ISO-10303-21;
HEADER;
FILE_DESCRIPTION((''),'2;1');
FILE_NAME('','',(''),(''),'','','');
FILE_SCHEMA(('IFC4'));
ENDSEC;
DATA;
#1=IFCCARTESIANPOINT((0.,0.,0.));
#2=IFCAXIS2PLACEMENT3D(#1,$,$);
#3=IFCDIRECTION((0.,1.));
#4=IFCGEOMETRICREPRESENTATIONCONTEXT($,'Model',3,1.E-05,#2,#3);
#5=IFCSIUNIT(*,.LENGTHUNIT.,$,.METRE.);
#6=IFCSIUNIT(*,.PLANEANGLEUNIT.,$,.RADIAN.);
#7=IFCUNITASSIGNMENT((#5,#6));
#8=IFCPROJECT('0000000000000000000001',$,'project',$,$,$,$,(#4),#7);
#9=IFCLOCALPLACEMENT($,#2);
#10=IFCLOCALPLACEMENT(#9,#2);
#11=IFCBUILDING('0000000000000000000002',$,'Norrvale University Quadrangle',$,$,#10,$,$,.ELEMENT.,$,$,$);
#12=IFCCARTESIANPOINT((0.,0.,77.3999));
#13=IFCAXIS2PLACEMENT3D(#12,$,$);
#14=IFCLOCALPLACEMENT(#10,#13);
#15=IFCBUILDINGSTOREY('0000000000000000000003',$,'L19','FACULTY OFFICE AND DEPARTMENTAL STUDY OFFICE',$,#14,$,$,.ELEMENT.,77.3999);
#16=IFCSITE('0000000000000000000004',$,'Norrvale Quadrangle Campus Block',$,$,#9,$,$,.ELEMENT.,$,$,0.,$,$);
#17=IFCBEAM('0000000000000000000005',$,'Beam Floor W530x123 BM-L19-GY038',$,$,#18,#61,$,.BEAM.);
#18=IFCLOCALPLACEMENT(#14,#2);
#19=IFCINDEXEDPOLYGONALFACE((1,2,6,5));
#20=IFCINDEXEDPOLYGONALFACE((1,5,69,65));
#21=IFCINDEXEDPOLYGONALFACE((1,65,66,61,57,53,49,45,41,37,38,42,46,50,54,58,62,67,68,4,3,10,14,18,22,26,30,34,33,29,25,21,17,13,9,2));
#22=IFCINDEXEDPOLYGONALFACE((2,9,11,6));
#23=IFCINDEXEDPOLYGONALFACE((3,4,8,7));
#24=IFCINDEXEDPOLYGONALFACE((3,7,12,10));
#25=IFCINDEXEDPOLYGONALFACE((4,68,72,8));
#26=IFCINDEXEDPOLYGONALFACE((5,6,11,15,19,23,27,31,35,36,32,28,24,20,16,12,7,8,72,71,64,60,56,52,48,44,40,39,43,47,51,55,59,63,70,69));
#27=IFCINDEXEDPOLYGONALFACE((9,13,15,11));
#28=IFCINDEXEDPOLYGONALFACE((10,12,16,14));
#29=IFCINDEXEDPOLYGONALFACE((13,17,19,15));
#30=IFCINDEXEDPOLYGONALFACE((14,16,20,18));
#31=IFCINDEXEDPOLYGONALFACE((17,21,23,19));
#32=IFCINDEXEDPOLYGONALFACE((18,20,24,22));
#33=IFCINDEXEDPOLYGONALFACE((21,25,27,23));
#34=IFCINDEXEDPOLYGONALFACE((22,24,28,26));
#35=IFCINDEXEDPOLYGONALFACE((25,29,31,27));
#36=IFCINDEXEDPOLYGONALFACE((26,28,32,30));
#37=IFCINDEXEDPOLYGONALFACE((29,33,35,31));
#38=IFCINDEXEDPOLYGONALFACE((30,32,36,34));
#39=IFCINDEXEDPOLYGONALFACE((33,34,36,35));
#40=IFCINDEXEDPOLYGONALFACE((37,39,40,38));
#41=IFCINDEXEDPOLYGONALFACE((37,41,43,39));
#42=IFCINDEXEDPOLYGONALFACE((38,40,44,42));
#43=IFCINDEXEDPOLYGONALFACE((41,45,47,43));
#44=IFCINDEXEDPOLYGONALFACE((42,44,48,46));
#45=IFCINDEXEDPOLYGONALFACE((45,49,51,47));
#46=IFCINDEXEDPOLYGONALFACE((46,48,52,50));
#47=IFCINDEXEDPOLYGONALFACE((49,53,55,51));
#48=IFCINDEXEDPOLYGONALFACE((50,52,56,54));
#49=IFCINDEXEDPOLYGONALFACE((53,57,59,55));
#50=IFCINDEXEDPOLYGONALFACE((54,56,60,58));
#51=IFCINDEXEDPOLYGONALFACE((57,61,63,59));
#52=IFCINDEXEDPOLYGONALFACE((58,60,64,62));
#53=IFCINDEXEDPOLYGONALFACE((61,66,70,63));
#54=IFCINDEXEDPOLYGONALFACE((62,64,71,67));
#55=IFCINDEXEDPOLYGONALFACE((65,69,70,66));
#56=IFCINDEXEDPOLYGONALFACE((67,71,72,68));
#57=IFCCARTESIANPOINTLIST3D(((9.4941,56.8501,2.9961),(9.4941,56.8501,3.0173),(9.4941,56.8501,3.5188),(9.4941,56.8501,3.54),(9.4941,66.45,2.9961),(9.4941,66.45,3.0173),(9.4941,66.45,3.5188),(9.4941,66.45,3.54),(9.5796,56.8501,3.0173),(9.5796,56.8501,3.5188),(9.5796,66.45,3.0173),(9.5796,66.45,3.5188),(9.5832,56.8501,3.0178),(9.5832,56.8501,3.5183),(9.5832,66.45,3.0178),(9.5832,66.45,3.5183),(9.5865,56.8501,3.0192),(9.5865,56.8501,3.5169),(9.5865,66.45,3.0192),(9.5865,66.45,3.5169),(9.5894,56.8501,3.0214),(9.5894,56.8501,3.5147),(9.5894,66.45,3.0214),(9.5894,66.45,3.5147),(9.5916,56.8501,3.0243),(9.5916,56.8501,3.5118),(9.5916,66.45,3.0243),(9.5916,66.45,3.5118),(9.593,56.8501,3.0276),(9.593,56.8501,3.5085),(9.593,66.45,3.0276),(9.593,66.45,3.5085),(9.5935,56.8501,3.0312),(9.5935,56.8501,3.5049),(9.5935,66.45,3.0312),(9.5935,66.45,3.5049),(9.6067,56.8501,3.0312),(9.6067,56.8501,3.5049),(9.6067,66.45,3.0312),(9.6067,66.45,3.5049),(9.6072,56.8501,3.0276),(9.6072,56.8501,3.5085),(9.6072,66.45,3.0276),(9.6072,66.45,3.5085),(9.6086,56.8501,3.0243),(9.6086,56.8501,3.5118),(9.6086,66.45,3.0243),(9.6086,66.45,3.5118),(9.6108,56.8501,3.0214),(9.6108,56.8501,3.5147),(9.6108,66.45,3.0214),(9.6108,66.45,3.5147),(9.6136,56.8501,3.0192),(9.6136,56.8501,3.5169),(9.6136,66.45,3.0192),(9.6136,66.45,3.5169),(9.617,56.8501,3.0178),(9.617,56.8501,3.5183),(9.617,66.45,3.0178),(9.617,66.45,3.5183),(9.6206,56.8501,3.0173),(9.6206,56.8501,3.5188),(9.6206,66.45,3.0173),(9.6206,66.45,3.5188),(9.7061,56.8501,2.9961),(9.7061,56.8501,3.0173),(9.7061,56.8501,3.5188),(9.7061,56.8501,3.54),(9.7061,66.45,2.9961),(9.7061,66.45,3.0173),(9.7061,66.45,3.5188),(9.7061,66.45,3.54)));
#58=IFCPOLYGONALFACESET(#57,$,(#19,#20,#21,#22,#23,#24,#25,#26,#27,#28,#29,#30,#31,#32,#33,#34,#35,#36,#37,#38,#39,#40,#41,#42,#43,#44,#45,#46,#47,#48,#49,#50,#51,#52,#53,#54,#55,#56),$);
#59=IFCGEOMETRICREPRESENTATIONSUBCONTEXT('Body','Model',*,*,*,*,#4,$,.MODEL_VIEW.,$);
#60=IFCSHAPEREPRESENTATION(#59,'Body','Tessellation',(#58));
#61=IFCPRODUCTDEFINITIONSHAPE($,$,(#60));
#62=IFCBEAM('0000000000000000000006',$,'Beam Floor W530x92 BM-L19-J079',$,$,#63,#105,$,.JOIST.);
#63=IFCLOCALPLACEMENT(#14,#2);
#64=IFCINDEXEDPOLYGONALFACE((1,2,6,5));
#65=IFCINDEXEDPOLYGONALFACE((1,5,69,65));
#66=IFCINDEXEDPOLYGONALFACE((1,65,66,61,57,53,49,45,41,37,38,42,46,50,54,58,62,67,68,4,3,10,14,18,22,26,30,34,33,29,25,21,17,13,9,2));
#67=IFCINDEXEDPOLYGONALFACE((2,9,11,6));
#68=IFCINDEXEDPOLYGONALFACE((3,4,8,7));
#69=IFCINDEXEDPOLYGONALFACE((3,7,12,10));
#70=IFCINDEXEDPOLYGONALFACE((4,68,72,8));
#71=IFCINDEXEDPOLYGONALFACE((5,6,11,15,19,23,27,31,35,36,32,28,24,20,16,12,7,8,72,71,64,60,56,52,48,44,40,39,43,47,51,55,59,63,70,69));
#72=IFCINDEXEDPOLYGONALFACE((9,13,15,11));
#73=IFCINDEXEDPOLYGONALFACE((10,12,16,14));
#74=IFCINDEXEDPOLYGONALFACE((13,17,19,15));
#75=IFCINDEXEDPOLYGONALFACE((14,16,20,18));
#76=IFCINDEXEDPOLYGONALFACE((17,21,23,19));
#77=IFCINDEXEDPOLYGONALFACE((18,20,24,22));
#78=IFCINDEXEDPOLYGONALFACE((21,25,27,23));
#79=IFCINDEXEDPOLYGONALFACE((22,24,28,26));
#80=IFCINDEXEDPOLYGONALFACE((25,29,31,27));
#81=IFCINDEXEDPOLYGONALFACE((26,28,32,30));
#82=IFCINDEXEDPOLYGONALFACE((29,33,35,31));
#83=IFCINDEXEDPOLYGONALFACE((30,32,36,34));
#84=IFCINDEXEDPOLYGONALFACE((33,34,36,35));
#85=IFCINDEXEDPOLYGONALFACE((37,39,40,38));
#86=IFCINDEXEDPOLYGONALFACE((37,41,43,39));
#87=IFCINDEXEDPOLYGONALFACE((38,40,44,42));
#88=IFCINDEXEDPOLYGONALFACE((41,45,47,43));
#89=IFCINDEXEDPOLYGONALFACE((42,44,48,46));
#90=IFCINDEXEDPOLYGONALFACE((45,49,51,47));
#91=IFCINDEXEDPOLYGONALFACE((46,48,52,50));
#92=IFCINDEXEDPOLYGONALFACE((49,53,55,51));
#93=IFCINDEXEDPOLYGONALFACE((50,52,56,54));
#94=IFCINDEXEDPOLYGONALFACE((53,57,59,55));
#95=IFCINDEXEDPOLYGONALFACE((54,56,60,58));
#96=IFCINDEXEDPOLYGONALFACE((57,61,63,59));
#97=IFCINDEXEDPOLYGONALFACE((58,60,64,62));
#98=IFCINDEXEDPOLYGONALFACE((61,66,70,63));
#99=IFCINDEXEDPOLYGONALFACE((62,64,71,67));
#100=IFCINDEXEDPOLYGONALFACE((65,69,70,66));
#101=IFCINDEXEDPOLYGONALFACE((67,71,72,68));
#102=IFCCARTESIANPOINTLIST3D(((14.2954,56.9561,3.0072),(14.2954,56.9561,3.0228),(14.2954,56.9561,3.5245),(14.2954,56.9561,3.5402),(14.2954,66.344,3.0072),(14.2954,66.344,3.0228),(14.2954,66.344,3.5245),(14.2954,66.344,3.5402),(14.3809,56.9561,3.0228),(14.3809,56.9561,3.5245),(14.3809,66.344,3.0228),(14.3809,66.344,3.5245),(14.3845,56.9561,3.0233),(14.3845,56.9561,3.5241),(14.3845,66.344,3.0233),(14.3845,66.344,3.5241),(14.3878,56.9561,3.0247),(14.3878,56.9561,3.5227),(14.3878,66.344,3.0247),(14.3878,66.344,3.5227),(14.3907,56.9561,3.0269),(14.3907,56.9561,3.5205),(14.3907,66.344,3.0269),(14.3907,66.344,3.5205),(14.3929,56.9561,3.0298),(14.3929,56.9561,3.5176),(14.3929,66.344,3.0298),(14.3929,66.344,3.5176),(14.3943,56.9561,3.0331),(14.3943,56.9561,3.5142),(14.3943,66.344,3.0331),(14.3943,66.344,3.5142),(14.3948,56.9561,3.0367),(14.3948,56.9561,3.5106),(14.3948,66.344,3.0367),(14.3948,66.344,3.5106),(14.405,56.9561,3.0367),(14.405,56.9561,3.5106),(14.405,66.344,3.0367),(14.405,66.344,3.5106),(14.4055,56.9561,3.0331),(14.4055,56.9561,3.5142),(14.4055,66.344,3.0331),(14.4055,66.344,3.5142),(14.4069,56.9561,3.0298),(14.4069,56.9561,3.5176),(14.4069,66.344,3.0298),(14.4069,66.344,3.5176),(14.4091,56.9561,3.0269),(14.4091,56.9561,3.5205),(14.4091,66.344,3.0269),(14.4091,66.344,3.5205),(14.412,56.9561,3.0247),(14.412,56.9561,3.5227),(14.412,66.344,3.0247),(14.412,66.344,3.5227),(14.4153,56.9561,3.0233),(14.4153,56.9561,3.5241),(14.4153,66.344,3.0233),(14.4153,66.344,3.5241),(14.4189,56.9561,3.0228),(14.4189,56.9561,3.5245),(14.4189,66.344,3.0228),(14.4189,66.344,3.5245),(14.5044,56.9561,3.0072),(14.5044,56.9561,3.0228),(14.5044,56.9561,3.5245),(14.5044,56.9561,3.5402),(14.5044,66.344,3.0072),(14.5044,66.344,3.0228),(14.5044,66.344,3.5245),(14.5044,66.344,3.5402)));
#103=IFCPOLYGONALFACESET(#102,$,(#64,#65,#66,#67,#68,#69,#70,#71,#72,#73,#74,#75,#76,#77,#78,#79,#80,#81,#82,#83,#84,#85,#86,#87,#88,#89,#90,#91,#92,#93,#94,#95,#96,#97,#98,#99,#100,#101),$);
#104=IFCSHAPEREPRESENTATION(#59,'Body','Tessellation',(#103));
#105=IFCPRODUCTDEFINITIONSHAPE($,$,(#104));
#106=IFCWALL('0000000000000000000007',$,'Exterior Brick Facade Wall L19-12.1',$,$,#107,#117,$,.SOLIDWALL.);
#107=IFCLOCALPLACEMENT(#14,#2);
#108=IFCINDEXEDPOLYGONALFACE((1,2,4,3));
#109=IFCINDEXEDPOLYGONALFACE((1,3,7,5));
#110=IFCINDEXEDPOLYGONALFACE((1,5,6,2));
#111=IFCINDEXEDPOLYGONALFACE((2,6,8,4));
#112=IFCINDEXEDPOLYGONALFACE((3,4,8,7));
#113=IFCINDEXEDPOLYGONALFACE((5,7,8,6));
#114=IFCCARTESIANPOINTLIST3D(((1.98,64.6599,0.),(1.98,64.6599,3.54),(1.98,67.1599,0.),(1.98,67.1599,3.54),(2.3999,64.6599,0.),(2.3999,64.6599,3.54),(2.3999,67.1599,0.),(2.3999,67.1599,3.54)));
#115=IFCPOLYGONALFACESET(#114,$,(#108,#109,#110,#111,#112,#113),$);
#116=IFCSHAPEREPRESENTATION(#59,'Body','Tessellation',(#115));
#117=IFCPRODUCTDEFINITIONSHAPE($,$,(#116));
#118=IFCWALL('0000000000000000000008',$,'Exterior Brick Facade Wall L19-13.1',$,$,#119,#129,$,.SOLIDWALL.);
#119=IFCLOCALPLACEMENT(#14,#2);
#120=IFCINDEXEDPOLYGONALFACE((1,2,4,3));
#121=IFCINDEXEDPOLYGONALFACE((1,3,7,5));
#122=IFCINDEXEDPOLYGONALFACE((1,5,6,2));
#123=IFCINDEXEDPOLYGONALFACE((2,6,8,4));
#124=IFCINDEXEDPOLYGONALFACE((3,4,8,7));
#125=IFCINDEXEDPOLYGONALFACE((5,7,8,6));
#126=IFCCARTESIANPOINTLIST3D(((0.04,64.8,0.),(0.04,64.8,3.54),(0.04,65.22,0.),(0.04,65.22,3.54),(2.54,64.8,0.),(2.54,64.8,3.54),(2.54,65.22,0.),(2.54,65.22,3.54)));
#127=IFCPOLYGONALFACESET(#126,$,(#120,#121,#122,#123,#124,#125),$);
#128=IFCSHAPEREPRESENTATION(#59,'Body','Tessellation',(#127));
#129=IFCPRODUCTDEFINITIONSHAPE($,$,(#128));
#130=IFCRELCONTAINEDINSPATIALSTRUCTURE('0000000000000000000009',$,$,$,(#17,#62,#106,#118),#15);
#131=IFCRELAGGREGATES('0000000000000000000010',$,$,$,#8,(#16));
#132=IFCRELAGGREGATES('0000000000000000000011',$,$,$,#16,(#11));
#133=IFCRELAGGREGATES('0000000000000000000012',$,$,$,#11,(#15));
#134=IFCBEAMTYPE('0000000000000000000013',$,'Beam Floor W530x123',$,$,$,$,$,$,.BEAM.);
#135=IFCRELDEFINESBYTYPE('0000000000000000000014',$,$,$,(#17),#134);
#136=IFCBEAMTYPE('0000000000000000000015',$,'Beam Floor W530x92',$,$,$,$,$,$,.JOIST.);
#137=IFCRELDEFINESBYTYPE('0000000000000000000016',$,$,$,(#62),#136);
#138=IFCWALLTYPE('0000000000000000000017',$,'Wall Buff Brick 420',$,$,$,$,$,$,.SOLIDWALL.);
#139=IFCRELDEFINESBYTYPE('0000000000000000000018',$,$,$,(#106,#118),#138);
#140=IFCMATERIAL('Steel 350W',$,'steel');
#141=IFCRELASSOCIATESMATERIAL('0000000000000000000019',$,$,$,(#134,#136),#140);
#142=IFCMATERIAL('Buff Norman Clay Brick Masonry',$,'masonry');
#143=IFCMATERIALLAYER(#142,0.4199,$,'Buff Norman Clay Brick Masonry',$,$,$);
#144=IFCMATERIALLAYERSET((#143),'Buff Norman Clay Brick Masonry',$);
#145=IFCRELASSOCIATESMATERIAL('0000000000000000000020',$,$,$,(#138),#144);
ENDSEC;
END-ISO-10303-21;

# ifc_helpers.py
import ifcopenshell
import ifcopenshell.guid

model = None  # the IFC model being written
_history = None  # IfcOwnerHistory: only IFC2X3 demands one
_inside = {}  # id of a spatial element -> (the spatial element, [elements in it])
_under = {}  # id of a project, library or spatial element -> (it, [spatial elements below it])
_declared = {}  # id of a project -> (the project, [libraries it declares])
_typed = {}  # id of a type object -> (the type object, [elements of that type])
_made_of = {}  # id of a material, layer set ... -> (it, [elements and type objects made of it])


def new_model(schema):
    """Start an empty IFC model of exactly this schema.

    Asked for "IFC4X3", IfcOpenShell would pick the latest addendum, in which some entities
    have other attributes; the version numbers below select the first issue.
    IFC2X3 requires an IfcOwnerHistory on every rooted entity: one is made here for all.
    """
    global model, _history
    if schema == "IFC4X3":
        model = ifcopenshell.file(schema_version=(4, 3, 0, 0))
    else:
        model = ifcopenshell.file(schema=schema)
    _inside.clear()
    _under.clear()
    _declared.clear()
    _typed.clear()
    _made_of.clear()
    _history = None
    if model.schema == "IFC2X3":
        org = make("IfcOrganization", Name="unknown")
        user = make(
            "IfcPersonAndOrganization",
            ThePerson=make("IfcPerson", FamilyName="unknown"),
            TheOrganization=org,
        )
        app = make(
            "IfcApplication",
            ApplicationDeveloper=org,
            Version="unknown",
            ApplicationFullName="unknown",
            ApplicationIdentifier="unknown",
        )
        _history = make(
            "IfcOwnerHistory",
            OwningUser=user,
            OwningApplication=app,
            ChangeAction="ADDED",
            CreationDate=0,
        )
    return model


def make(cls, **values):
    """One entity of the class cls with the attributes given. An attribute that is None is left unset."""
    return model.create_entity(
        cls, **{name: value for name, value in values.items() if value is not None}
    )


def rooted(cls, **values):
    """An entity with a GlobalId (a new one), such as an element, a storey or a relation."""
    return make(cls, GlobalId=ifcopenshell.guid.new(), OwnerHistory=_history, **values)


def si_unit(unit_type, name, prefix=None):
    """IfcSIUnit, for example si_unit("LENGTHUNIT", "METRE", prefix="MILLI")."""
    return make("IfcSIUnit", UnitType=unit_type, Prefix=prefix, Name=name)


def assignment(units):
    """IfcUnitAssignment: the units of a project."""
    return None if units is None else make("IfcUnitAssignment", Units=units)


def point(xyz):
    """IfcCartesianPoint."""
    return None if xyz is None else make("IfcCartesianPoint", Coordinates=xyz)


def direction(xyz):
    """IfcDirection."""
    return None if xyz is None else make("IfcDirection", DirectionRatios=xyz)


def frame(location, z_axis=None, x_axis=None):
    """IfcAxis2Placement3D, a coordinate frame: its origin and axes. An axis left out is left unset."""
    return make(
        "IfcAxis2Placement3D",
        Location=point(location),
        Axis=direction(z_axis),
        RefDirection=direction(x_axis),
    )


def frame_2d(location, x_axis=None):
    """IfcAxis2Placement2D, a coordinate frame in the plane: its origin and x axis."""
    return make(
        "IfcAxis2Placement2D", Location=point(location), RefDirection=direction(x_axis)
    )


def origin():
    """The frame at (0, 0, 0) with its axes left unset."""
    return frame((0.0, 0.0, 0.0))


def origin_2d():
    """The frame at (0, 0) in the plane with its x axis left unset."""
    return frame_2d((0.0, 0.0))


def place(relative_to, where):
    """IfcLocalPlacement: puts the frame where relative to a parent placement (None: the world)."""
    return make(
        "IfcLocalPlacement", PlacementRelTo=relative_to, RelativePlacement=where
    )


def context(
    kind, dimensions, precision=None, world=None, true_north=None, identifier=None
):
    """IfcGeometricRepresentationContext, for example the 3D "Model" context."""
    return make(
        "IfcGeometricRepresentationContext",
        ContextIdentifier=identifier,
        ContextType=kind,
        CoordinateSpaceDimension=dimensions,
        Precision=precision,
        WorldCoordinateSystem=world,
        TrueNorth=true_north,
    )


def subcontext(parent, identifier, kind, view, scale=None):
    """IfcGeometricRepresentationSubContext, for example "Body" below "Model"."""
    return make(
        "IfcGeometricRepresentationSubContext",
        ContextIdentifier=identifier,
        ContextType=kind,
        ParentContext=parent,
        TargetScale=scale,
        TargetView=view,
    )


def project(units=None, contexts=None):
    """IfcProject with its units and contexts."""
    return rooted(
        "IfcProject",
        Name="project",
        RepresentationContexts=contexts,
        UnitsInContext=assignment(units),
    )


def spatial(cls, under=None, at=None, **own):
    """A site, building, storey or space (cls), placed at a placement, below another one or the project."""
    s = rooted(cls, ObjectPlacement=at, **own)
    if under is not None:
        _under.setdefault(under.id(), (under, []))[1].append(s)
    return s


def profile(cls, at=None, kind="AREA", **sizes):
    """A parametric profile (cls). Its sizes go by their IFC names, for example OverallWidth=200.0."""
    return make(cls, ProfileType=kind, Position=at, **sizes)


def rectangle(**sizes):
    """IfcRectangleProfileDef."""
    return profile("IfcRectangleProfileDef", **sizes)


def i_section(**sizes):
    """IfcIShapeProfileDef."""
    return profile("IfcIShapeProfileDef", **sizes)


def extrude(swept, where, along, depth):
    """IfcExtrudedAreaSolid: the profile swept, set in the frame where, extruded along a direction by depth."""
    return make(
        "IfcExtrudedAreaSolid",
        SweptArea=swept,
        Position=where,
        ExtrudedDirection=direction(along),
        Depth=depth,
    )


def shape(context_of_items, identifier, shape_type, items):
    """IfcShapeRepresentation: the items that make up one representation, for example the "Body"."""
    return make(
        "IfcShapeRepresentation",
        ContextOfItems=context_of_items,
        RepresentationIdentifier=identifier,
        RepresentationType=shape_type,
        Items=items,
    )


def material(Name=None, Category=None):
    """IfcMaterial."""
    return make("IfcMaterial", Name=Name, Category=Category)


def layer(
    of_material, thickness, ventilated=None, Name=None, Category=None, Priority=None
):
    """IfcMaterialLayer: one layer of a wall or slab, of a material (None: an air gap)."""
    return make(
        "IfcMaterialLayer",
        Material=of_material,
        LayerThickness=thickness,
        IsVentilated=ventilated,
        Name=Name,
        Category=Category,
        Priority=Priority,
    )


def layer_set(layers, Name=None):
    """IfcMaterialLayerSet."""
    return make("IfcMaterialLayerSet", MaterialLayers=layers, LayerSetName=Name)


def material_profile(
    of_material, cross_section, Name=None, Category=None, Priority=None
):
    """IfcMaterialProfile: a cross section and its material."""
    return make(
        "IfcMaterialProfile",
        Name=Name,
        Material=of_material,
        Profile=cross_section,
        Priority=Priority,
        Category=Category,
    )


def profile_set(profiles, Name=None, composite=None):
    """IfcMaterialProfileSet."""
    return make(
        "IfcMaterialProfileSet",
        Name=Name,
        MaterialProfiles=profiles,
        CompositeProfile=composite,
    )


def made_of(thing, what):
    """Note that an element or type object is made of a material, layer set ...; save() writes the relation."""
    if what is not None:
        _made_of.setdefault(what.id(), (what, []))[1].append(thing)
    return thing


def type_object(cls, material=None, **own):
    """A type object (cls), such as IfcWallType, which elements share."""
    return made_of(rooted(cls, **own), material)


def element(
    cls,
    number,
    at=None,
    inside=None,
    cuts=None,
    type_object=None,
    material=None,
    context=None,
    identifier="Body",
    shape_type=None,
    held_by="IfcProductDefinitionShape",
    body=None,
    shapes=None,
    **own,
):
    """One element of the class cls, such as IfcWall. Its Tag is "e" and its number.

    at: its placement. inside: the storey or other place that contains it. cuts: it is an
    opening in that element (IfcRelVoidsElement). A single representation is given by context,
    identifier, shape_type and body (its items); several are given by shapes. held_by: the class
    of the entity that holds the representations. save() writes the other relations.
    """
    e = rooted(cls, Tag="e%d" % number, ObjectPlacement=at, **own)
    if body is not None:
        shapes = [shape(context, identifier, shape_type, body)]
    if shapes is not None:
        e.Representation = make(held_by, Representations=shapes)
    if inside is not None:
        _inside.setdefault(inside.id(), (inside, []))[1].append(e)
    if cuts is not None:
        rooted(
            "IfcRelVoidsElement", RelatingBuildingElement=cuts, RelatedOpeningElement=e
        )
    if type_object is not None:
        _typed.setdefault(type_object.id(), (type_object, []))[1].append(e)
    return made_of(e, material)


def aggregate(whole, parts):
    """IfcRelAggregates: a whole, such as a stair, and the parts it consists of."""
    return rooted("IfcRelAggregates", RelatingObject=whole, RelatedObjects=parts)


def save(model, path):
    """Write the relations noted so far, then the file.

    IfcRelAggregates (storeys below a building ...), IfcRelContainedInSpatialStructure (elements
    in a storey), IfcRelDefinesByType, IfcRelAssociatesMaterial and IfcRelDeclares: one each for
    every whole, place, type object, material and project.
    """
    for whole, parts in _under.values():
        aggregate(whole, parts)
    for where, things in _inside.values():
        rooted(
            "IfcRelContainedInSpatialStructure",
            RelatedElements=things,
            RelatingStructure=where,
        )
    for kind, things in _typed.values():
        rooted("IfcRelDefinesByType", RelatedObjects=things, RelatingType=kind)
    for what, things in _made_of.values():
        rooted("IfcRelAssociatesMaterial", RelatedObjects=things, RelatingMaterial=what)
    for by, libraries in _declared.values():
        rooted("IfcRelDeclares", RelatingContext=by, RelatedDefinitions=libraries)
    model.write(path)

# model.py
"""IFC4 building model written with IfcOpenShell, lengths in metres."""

from ifc_helpers import new_model, si_unit, direction, frame, frame_2d, origin, origin_2d, place, context, subcontext, project, spatial, rectangle, i_section, extrude, material, layer, layer_set, material_profile, profile_set, type_object, element, save


model = new_model("IFC4")

# Units and contexts
model_context = context("Model", 3, precision=1e-05, world=origin(), true_north=direction((0.0, 1.0)))
body_context = subcontext(model_context, "Body", "Model", "MODEL_VIEW")
ifc_project = project(units=[si_unit("LENGTHUNIT", "METRE"), si_unit("PLANEANGLEUNIT", "RADIAN")], contexts=[model_context])

# Site, building, storey
site_placement = place(None, origin())
site = spatial("IfcSite", under=ifc_project, at=site_placement, Name="Norrvale Quadrangle Campus Block", CompositionType="ELEMENT", RefElevation=0.0)
building_placement = place(site_placement, origin())
building = spatial("IfcBuilding", under=site, at=building_placement, Name="Norrvale University Quadrangle", CompositionType="ELEMENT")
storey_placement = place(building_placement, frame((0.0, 0.0, 77.3999)))
storey = spatial("IfcBuildingStorey", under=building, at=storey_placement, Name="L19", Description="FACULTY OFFICE AND DEPARTMENTAL STUDY OFFICE", CompositionType="ELEMENT", Elevation=77.3999)

# Beams
ifc_material_1 = material(Name="Steel 350W", Category="steel")
ifc_material_profile_1 = material_profile(ifc_material_1, i_section(OverallWidth=0.2119, OverallDepth=0.5439, WebThickness=0.0132, FlangeThickness=0.0212, FilletRadius=0.0139, at=origin_2d()), Name="Steel 350W")
ifc_profile_set_1 = profile_set([ifc_material_profile_1], Name="Steel 350W")
beam_type_1 = type_object("IfcBeamType", Name="Beam Floor W530x123", PredefinedType="BEAM", material=ifc_profile_set_1)
for number, where, z_axis, x_axis, name in (
    (1, (9.6001, 56.8501, 3.2681), (0.0, 1.0, 0.0), (-1.0, 0.0, 0.0), "Beam Floor W530x123 BM-L19-GY038"),
):
    element("IfcBeam", number, at=place(storey_placement, frame(where, z_axis=z_axis, x_axis=x_axis)), inside=storey, type_object=beam_type_1, Name=name, PredefinedType="BEAM", context=body_context, shape_type="SweptSolid", body=[
        extrude(i_section(OverallWidth=0.2119, OverallDepth=0.5439, WebThickness=0.0132, FlangeThickness=0.0212, FilletRadius=0.0139, at=origin_2d()), origin(), (0.0, 0.0, 1.0), 9.5999),
    ])
ifc_material_profile_2 = material_profile(ifc_material_1, i_section(OverallWidth=0.209, OverallDepth=0.533, WebThickness=0.0103, FlangeThickness=0.0156, FilletRadius=0.0139, at=origin_2d()), Name="Steel 350W")
ifc_profile_set_2 = profile_set([ifc_material_profile_2], Name="Steel 350W")
beam_type_2 = type_object("IfcBeamType", Name="Beam Floor W530x92", PredefinedType="JOIST", material=ifc_profile_set_2)
beam_1_placement = place(storey_placement, frame((14.3999, 56.9561, 3.2737), z_axis=(0.0, 1.0, 0.0), x_axis=(-1.0, 0.0, 0.0)))
element("IfcBeam", 2, at=beam_1_placement, inside=storey, type_object=beam_type_2, Name="Beam Floor W530x92 BM-L19-J079", PredefinedType="JOIST", context=body_context, shape_type="SweptSolid", body=[
    extrude(i_section(OverallWidth=0.209, OverallDepth=0.533, WebThickness=0.0103, FlangeThickness=0.0156, FilletRadius=0.0139, at=origin_2d()), origin(), (0.0, 0.0, 1.0), 9.3879),
])

# Walls
ifc_material_2 = material(Name="Buff Norman Clay Brick Masonry", Category="masonry")
ifc_layer = layer(ifc_material_2, 0.4199, Name="Buff Norman Clay Brick Masonry")
ifc_layer_set = layer_set([ifc_layer], Name="Buff Norman Clay Brick Masonry")
wall_type = type_object("IfcWallType", Name="Wall Buff Brick 420", PredefinedType="SOLIDWALL", material=ifc_layer_set)
for number, where, z_axis, x_axis, name in (
    (3, (2.1899, 67.1599, 0.0), (0.0, 0.0, 1.0), (0.0, -1.0, 0.0), "Exterior Brick Facade Wall L19-12.1"),
    (4, (2.54, 65.01, 0.0), (0.0, 0.0, 1.0), (-1.0, 0.0, 0.0), "Exterior Brick Facade Wall L19-13.1"),
):
    element("IfcWall", number, at=place(storey_placement, frame(where, z_axis=z_axis, x_axis=x_axis)), inside=storey, type_object=wall_type, Name=name, PredefinedType="SOLIDWALL", context=body_context, shape_type="SweptSolid", body=[
        extrude(rectangle(XDim=2.5, YDim=0.4199, at=frame_2d((1.25, 0.0))), origin(), (0.0, 0.0, 1.0), 3.54),
    ])

save(model, "model.ifc")
